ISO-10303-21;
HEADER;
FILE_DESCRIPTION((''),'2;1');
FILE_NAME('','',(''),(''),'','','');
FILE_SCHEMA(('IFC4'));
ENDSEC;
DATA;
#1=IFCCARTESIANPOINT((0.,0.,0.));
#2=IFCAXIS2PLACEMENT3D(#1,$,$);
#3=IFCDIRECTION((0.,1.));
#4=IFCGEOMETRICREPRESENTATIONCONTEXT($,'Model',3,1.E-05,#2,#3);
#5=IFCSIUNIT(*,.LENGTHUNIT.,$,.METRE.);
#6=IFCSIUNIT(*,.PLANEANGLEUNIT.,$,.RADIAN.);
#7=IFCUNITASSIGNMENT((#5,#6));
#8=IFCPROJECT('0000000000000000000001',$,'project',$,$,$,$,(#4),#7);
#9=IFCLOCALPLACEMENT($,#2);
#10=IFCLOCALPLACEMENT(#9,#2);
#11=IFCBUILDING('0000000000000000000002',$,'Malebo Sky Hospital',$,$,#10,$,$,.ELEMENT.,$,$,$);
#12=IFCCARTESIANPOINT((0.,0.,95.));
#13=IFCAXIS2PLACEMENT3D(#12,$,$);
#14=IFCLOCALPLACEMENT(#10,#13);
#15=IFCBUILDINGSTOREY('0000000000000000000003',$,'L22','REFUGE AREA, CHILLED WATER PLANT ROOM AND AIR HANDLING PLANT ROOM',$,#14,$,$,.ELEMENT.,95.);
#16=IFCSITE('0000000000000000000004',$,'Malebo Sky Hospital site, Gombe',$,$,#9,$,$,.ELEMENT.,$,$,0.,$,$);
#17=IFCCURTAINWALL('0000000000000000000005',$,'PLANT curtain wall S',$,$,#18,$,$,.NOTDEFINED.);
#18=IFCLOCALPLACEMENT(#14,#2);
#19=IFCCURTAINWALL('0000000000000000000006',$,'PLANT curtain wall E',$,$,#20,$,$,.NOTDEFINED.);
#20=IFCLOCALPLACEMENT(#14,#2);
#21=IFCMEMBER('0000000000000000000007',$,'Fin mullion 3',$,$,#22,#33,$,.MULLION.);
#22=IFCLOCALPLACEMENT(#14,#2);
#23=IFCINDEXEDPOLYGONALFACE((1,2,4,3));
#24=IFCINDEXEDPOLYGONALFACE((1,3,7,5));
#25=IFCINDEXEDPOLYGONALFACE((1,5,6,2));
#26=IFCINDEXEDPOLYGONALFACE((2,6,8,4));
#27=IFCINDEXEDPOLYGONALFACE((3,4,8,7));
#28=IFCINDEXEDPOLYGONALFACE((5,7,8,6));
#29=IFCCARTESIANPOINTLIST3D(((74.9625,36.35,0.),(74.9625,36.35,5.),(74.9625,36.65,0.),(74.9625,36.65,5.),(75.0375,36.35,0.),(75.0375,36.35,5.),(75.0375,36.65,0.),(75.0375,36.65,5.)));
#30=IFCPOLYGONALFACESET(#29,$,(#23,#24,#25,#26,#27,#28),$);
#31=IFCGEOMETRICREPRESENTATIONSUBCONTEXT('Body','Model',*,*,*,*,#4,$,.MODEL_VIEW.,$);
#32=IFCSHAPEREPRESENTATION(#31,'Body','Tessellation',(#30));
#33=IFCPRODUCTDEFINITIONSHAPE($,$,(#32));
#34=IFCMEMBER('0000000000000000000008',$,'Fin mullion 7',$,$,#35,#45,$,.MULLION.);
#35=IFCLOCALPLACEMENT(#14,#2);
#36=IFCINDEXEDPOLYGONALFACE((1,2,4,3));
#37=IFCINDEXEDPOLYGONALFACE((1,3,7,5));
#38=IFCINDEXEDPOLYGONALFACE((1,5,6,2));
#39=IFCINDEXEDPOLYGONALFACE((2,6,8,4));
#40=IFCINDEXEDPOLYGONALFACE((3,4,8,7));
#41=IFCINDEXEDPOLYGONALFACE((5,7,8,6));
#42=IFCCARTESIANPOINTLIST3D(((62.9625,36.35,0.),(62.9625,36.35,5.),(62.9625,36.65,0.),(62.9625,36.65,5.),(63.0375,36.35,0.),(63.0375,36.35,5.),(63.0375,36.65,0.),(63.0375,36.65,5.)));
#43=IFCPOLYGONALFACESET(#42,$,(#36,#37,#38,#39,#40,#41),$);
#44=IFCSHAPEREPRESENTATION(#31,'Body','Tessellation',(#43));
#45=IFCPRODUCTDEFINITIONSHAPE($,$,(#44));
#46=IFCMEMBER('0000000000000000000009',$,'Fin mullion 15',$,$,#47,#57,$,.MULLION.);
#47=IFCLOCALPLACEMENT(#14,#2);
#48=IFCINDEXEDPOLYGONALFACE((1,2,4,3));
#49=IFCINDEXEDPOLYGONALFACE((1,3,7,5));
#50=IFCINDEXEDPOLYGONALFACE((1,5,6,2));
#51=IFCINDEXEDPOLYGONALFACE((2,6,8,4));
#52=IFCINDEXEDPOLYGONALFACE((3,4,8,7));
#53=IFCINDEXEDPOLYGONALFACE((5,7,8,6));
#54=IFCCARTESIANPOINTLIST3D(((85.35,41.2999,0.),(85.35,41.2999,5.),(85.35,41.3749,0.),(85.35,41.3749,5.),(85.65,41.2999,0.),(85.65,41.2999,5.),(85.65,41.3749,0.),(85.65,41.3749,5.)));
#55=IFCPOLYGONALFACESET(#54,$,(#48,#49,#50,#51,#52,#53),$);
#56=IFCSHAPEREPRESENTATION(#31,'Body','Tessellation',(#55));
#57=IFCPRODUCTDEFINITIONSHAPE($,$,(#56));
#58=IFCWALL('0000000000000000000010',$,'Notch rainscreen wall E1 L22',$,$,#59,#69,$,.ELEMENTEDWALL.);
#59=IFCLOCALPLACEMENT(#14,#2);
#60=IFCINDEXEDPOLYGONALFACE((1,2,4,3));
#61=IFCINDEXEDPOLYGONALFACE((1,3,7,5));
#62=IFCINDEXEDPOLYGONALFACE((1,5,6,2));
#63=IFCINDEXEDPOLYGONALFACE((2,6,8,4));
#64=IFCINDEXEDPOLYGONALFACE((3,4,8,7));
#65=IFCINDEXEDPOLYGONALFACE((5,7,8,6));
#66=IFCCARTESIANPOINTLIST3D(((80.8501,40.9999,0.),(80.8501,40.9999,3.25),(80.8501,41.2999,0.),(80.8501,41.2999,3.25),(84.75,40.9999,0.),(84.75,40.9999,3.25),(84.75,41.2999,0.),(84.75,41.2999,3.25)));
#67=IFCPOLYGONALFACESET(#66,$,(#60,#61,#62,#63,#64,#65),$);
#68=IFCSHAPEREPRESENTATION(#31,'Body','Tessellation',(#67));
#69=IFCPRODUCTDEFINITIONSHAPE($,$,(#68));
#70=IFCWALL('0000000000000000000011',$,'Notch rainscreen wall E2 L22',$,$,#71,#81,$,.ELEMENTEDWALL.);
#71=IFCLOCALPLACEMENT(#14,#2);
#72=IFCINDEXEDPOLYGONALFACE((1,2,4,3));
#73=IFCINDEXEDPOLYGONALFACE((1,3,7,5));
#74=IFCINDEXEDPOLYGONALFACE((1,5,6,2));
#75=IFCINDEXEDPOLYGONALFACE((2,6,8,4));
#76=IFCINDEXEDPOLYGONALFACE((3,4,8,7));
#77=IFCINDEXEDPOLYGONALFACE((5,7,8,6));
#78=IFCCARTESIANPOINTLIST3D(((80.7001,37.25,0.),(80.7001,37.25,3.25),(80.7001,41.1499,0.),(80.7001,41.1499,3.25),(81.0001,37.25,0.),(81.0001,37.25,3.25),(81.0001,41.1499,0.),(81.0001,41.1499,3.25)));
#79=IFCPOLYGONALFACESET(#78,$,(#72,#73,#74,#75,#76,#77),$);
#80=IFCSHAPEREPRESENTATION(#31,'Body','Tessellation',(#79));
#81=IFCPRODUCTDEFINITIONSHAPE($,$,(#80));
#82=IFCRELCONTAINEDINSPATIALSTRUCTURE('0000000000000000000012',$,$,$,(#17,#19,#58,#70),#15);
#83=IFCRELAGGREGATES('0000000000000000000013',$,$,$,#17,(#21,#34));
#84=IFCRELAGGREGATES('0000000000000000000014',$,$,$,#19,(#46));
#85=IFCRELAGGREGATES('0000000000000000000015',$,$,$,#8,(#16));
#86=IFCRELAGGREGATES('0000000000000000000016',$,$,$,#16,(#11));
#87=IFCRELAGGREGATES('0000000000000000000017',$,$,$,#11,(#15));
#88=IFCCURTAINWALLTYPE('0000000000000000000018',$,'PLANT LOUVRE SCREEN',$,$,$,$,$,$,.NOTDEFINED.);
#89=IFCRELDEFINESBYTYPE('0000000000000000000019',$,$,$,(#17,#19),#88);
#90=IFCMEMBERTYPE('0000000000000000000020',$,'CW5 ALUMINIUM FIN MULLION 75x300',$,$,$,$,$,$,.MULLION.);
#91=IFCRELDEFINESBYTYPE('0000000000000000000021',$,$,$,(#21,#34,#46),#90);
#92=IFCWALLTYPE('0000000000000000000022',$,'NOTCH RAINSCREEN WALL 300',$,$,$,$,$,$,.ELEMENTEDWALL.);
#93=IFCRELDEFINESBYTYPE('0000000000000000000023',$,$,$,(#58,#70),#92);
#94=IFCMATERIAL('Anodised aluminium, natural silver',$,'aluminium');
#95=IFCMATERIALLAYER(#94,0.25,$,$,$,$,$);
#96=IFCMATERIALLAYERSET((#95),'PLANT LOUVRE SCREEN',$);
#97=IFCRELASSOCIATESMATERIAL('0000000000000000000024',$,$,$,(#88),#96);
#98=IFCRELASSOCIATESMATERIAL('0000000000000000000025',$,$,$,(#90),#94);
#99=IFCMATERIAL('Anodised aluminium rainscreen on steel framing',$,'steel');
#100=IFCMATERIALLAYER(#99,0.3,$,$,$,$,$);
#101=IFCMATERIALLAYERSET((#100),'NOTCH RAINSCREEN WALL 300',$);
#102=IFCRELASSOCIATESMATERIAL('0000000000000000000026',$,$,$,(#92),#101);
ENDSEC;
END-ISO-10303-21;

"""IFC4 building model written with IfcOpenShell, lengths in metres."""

from ifc_helpers import new_model, si_unit, direction, frame, frame_2d, origin, origin_2d, place, context, subcontext, project, spatial, rectangle, extrude, material, layer, layer_set, material_profile, profile_set, type_object, element, aggregate, save


model = new_model("IFC4")

# Units and contexts
model_context = context("Model", 3, precision=1e-05, world=origin(), true_north=direction((0.0, 1.0)))
body_context = subcontext(model_context, "Body", "Model", "MODEL_VIEW")
ifc_project = project(units=[si_unit("LENGTHUNIT", "METRE"), si_unit("PLANEANGLEUNIT", "RADIAN")], contexts=[model_context])

# Site, building, storey
site_placement = place(None, origin())
site = spatial("IfcSite", under=ifc_project, at=site_placement, Name="Malebo Sky Hospital site, Gombe", CompositionType="ELEMENT", RefElevation=0.0)
building_placement = place(site_placement, origin())
building = spatial("IfcBuilding", under=site, at=building_placement, Name="Malebo Sky Hospital", CompositionType="ELEMENT")
storey_placement = place(building_placement, frame((0.0, 0.0, 95.0)))
storey = spatial("IfcBuildingStorey", under=building, at=storey_placement, Name="L22", Description="REFUGE AREA, CHILLED WATER PLANT ROOM AND AIR HANDLING PLANT ROOM", CompositionType="ELEMENT", Elevation=95.0)

# Curtain walls
ifc_material_1 = material(Name="Anodised aluminium, natural silver", Category="aluminium")
ifc_layer_1 = layer(ifc_material_1, 0.25)
ifc_layer_set_1 = layer_set([ifc_layer_1], Name="PLANT LOUVRE SCREEN")
curtain_wall_type = type_object("IfcCurtainWallType", Name="PLANT LOUVRE SCREEN", PredefinedType="NOTDEFINED", material=ifc_layer_set_1)
curtain_wall_1_placement = place(storey_placement, origin())
curtain_wall_1 = element("IfcCurtainWall", 1, at=curtain_wall_1_placement, inside=storey, type_object=curtain_wall_type, Name="PLANT curtain wall S", PredefinedType="NOTDEFINED")
curtain_wall_2_placement = place(storey_placement, origin())
curtain_wall_2 = element("IfcCurtainWall", 2, at=curtain_wall_2_placement, inside=storey, type_object=curtain_wall_type, Name="PLANT curtain wall E", PredefinedType="NOTDEFINED")

# Members
ifc_material_profile_1 = material_profile(ifc_material_1, rectangle(XDim=0.075, YDim=0.3, at=origin_2d()), Name="CW5 ALUMINIUM FIN MULLION 75x300")
ifc_profile_set_1 = profile_set([ifc_material_profile_1], Name="Anodised aluminium, natural silver")
member_type_1 = type_object("IfcMemberType", Name="CW5 ALUMINIUM FIN MULLION 75x300", PredefinedType="MULLION", material=ifc_profile_set_1)
member_1_placement = place(storey_placement, frame((75.0, 36.5, 0.0), z_axis=(0.0, 0.0, 1.0), x_axis=(-1.0, 0.0, 0.0)))
member_1 = element("IfcMember", 3, at=member_1_placement, type_object=member_type_1, Name="Fin mullion 3", PredefinedType="MULLION", context=body_context, shape_type="SweptSolid", body=[
    extrude(rectangle(XDim=0.075, YDim=0.3, at=origin_2d()), origin(), (0.0, 0.0, 1.0), 5.0),
])
member_2_placement = place(storey_placement, frame((63.0, 36.5, 0.0), z_axis=(0.0, 0.0, 1.0), x_axis=(-1.0, 0.0, 0.0)))
member_2 = element("IfcMember", 4, at=member_2_placement, type_object=member_type_1, Name="Fin mullion 7", PredefinedType="MULLION", context=body_context, shape_type="SweptSolid", body=[
    extrude(rectangle(XDim=0.075, YDim=0.3, at=origin_2d()), origin(), (0.0, 0.0, 1.0), 5.0),
])
aggregate(curtain_wall_1, [member_1, member_2])
member_3_placement = place(storey_placement, frame((85.5, 41.3374, 0.0), z_axis=(0.0, 0.0, 1.0), x_axis=(0.0, -1.0, 0.0)))
member_3 = element("IfcMember", 5, at=member_3_placement, type_object=member_type_1, Name="Fin mullion 15", PredefinedType="MULLION", context=body_context, shape_type="SweptSolid", body=[
    extrude(rectangle(XDim=0.075, YDim=0.3, at=origin_2d()), origin(), (0.0, 0.0, 1.0), 5.0),
])
aggregate(curtain_wall_2, [member_3])

# Walls
ifc_material_2 = material(Name="Anodised aluminium rainscreen on steel framing", Category="steel")
ifc_layer_2 = layer(ifc_material_2, 0.3)
ifc_layer_set_2 = layer_set([ifc_layer_2], Name="NOTCH RAINSCREEN WALL 300")
wall_type = type_object("IfcWallType", Name="NOTCH RAINSCREEN WALL 300", PredefinedType="ELEMENTEDWALL", material=ifc_layer_set_2)
for number, where, z_axis, x_axis, name in (
    (6, (84.75, 41.1499, 0.0), (0.0, 0.0, 1.0), (-1.0, 0.0, 0.0), "Notch rainscreen wall E1 L22"),
    (7, (80.8501, 41.1499, 0.0), (0.0, 0.0, 1.0), (0.0, -1.0, 0.0), "Notch rainscreen wall E2 L22"),
):
    element("IfcWall", number, at=place(storey_placement, frame(where, z_axis=z_axis, x_axis=x_axis)), inside=storey, type_object=wall_type, Name=name, PredefinedType="ELEMENTEDWALL", context=body_context, shape_type="SweptSolid", body=[
        extrude(rectangle(XDim=3.8999, YDim=0.3, at=frame_2d((1.95, 0.0))), origin(), (0.0, 0.0, 1.0), 3.25),
    ])

save(model, "model.ifc")
